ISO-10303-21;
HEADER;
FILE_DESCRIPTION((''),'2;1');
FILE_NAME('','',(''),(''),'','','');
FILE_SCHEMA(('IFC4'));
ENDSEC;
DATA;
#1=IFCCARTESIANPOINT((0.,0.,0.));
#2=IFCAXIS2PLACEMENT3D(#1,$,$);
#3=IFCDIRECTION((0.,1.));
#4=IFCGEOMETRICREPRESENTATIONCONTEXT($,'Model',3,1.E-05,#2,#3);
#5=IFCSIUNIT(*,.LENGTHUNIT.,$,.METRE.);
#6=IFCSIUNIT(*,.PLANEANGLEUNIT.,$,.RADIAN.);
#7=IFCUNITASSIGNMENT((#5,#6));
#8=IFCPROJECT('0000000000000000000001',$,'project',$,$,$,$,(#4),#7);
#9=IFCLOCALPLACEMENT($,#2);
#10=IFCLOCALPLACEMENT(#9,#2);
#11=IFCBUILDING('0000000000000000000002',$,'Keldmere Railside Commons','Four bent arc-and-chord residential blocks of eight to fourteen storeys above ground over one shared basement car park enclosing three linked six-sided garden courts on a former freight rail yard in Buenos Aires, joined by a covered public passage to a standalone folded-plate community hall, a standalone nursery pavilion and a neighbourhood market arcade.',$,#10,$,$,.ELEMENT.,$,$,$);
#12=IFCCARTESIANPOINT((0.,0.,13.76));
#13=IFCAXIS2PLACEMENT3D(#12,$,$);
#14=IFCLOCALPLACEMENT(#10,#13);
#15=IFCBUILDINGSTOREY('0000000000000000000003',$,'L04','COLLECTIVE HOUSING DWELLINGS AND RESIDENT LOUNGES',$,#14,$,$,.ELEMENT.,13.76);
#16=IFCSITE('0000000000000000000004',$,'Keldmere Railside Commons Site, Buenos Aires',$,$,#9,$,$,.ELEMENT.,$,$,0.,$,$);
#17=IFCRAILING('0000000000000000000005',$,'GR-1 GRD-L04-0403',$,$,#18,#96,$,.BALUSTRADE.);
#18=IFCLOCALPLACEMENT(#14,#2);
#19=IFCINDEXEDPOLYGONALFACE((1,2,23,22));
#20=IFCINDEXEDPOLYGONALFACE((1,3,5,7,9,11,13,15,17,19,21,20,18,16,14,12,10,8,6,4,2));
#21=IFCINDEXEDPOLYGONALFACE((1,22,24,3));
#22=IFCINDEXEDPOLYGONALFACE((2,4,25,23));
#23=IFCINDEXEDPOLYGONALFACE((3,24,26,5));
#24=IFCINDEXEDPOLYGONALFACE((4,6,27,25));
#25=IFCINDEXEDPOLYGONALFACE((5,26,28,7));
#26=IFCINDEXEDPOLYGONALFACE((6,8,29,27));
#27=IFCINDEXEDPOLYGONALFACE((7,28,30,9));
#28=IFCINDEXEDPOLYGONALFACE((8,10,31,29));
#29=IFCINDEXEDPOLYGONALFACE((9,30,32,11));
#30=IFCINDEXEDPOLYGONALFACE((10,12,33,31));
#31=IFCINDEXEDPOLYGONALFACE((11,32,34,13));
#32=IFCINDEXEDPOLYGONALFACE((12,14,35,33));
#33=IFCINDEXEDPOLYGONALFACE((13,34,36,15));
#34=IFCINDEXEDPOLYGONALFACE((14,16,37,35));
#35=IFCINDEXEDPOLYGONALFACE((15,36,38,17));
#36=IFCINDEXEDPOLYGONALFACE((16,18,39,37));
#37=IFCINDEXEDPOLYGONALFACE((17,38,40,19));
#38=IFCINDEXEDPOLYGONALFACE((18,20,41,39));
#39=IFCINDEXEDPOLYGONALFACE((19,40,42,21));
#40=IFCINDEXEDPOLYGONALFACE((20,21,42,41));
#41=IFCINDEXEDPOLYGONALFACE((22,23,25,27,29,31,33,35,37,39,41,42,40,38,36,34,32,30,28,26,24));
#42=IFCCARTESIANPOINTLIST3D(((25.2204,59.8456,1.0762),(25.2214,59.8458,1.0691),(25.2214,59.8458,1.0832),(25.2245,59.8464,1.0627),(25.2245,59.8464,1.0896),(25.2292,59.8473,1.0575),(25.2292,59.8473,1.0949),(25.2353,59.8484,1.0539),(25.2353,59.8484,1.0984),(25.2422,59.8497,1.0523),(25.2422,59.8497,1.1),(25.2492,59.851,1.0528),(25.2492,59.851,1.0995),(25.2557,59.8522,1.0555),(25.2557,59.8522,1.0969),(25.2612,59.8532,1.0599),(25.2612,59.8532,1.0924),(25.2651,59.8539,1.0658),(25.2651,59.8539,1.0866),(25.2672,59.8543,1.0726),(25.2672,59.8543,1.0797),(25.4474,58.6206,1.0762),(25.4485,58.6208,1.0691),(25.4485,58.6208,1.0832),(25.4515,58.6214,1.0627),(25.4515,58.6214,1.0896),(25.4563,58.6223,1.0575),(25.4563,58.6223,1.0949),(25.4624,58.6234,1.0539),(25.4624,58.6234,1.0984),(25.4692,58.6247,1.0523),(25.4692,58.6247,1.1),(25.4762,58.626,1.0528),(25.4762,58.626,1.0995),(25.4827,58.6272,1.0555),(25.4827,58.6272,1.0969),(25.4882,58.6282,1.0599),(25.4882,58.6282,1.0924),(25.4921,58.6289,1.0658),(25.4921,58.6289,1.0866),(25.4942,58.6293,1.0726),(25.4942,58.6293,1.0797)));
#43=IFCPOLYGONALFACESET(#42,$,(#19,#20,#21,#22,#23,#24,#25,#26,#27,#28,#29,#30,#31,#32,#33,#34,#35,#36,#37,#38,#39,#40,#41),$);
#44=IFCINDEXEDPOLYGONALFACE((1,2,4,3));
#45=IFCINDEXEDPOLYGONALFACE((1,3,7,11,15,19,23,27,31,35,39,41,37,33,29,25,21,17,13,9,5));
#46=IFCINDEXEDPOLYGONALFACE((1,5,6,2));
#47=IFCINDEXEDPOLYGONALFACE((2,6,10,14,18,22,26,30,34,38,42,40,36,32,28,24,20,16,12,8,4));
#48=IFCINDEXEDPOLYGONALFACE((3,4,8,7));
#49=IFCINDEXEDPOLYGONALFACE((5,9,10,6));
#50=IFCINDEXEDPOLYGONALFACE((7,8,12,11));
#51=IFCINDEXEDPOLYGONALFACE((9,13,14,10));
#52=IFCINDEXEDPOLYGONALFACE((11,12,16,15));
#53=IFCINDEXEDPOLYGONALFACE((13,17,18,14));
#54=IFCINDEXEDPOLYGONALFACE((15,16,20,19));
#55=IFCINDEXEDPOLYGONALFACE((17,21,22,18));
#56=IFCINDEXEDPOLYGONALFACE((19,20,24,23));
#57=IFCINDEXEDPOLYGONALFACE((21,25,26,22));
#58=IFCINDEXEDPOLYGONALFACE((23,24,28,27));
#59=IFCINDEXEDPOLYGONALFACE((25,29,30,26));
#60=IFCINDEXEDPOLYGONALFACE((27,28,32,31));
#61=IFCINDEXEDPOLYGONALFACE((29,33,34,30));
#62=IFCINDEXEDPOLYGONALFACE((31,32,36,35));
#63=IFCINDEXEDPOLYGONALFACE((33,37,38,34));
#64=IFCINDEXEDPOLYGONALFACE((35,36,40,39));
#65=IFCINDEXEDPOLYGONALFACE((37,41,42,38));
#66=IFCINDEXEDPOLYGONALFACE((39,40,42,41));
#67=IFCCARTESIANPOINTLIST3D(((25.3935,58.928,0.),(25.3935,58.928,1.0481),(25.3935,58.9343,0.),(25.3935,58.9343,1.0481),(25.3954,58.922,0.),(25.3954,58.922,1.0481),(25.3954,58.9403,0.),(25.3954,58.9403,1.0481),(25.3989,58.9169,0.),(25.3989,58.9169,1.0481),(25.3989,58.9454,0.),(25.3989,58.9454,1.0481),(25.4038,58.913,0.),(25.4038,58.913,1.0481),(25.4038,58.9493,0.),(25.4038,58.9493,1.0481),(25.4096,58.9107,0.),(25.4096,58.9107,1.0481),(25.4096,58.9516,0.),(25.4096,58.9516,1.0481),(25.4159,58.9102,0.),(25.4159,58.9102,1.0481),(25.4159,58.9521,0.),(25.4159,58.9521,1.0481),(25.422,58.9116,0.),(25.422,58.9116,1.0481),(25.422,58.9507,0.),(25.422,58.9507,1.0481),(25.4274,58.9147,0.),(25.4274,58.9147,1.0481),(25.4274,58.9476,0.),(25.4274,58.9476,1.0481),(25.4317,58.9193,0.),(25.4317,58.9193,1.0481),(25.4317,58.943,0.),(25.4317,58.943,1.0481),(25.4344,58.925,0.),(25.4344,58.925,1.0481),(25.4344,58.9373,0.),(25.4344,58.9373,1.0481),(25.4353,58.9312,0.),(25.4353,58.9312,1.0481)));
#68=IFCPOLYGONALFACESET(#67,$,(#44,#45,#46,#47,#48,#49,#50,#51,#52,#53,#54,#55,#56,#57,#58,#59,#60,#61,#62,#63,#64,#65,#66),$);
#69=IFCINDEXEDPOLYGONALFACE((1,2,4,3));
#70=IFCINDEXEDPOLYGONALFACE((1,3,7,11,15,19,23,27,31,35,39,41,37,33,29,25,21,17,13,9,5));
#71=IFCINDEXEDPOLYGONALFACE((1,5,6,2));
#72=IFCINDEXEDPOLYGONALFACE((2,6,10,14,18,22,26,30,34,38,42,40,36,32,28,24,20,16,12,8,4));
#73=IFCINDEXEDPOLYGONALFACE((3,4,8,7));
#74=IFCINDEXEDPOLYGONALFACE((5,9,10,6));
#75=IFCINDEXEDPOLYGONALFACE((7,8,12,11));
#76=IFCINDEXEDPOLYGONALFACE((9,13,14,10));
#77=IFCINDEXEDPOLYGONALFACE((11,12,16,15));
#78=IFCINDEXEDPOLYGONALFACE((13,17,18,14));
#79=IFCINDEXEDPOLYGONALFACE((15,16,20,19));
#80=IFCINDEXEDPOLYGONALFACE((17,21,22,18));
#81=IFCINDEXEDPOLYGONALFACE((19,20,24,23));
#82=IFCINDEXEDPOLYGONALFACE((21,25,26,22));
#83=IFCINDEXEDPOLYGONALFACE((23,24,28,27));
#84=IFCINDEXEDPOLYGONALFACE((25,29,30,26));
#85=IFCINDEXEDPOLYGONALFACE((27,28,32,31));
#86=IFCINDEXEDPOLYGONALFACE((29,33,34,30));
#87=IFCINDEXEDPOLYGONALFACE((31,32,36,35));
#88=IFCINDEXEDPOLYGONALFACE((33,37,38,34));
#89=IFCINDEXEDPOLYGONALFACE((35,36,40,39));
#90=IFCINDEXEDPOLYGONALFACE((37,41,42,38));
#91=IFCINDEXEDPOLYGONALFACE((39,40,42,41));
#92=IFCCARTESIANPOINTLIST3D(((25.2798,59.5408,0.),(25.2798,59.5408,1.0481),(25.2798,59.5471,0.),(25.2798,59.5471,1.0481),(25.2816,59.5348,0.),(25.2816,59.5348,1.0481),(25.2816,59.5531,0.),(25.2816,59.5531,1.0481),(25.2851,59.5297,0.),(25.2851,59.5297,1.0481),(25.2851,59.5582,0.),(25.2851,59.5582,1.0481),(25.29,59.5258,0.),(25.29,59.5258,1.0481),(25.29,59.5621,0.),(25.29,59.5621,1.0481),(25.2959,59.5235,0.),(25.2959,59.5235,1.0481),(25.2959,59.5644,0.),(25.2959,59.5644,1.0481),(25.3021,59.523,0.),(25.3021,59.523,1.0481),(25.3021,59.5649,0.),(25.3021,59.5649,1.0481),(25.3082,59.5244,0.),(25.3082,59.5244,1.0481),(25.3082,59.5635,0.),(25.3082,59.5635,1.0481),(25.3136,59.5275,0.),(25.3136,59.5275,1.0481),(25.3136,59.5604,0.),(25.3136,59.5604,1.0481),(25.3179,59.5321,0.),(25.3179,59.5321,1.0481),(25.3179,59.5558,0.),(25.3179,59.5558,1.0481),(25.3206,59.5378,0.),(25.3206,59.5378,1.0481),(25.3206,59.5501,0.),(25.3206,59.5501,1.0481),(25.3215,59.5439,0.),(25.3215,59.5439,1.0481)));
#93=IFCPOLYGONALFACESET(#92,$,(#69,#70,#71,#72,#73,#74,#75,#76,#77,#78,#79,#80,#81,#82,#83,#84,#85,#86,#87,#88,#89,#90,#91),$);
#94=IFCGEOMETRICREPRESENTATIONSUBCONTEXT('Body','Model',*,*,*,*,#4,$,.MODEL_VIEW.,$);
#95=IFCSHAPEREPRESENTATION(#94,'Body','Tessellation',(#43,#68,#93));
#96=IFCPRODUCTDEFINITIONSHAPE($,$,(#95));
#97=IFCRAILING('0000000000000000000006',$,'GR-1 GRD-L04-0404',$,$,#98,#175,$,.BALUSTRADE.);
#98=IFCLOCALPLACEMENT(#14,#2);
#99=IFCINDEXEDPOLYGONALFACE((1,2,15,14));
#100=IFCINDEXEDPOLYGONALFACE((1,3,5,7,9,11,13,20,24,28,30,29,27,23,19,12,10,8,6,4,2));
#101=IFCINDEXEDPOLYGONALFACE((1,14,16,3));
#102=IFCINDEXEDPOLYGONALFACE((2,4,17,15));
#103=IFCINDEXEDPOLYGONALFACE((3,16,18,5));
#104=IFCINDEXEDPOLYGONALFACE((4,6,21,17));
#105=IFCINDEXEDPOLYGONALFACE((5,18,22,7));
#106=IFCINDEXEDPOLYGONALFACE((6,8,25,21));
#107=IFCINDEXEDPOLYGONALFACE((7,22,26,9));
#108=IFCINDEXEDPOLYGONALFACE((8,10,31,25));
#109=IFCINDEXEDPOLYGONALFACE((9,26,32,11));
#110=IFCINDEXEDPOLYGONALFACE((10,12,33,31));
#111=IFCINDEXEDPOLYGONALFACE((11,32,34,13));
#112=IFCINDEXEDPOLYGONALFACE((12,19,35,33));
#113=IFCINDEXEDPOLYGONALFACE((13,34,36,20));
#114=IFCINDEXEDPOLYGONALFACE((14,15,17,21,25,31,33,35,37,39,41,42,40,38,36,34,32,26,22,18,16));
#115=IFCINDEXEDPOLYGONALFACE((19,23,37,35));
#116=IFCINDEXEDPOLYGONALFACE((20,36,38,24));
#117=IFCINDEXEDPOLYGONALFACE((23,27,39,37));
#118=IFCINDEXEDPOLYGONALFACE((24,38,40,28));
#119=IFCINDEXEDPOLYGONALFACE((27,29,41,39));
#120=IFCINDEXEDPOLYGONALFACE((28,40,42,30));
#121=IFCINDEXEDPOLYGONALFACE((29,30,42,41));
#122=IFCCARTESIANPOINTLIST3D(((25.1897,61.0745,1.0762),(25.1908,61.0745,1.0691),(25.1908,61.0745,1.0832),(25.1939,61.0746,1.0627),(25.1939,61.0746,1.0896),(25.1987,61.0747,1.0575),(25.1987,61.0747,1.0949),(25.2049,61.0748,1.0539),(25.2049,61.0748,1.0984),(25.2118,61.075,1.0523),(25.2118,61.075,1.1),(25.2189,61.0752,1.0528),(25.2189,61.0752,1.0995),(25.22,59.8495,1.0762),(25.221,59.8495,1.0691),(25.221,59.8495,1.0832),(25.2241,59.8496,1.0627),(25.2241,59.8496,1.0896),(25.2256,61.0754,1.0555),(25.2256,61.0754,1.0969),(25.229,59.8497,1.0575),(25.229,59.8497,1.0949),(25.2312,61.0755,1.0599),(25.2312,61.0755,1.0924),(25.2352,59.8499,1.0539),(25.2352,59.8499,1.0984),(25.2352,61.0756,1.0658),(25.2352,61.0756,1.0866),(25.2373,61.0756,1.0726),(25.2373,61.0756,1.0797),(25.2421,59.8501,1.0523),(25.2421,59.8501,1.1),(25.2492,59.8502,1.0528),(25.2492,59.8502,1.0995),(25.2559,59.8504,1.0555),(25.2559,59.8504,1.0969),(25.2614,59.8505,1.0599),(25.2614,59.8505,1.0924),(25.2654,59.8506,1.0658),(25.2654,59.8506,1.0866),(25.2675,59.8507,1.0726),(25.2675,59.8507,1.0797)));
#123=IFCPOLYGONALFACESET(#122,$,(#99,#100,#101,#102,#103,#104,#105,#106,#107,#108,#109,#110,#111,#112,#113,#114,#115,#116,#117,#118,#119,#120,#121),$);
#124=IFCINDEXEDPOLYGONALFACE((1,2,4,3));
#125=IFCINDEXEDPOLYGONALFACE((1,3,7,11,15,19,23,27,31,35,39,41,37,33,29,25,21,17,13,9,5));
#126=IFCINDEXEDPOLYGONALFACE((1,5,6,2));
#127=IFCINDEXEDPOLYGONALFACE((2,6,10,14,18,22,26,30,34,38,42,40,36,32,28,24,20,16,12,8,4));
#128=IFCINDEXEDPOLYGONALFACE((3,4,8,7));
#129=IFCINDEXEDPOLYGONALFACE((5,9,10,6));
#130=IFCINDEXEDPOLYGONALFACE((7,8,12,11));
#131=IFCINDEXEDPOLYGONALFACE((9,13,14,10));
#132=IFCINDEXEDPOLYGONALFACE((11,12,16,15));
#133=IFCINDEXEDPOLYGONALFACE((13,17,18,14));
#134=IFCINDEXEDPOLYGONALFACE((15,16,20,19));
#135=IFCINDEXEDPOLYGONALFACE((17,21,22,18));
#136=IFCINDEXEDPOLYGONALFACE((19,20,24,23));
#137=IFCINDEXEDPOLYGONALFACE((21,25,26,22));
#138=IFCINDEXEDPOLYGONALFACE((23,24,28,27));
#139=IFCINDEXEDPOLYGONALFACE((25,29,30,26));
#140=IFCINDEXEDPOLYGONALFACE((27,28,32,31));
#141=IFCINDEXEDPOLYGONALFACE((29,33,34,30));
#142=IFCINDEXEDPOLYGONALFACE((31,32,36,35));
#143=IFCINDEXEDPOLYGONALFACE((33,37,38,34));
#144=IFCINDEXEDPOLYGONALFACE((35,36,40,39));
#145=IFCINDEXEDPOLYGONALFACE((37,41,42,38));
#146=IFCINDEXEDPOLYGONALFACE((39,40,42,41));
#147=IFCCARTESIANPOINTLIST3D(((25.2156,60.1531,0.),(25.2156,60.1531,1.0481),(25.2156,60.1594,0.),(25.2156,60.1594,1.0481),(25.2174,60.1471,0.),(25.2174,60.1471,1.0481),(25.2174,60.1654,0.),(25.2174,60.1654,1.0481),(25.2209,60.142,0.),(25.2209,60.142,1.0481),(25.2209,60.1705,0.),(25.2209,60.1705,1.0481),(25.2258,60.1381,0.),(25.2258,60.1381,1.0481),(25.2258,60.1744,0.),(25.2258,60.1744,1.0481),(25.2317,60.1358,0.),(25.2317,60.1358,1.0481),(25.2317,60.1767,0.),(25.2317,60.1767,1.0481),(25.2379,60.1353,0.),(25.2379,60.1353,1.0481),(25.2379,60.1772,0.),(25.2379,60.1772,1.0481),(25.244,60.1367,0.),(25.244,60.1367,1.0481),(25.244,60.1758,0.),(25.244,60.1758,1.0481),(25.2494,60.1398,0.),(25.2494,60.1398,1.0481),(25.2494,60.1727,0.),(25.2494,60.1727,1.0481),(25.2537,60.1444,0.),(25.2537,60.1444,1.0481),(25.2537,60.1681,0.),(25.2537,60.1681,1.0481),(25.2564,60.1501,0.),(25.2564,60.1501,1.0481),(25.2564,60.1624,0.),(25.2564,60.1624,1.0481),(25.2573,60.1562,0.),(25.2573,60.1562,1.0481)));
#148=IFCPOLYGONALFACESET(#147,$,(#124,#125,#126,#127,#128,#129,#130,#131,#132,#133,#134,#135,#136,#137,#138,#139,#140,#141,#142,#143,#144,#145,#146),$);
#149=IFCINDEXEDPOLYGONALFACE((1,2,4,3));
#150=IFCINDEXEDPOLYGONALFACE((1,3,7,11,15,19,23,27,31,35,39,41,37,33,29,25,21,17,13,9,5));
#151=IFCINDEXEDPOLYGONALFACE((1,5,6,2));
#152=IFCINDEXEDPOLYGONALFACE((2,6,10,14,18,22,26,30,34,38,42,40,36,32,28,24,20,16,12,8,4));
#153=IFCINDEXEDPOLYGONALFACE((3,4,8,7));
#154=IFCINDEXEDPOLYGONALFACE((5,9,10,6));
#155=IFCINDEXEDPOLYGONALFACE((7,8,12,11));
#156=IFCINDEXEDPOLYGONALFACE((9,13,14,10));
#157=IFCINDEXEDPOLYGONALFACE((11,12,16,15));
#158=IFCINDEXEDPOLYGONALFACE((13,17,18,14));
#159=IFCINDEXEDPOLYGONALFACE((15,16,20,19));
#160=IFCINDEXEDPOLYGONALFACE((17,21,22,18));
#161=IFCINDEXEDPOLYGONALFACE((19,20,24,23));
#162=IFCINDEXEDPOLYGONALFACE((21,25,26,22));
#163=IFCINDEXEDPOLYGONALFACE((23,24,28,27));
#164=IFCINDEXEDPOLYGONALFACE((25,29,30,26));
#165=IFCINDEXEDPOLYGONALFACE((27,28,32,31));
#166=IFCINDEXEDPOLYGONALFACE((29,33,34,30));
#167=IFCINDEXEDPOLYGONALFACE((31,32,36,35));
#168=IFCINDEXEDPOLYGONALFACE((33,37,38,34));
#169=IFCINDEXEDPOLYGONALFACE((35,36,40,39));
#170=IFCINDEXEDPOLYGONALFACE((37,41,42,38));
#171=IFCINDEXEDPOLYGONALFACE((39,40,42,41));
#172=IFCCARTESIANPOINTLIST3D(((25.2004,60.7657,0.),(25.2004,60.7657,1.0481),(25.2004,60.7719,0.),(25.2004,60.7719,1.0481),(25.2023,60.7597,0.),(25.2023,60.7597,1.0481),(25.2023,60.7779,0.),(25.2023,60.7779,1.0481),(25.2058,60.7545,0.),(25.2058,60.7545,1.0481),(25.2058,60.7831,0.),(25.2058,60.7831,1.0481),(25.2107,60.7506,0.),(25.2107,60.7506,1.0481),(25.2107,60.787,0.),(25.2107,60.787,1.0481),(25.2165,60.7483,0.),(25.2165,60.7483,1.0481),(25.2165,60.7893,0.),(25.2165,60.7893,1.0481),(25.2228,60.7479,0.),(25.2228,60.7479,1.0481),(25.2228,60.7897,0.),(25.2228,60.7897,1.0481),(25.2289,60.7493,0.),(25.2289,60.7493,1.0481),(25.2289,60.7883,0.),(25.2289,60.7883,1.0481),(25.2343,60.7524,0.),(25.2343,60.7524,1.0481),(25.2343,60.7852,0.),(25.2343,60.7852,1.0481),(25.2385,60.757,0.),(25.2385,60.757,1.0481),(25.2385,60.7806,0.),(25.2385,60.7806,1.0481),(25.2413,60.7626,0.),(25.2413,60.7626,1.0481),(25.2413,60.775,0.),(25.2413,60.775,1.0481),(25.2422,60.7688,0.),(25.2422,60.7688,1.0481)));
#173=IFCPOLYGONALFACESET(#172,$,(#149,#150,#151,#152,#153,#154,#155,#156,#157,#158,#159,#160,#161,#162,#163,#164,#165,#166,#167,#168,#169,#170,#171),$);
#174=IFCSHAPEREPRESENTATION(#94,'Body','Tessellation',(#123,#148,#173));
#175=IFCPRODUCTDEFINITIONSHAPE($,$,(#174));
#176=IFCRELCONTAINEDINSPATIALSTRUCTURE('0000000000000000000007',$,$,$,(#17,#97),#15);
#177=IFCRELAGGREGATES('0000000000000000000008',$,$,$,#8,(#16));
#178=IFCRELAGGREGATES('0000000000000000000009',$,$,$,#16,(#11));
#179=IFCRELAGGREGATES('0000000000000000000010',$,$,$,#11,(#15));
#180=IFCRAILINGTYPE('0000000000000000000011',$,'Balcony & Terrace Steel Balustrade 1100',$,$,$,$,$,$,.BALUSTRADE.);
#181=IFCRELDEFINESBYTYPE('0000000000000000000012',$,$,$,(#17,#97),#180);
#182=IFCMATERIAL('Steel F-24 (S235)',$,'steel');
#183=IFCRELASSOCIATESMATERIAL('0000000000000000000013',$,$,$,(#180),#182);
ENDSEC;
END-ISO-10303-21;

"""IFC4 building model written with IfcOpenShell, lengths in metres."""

from ifc_helpers import new_model, si_unit, direction, frame, origin, origin_2d, place, context, subcontext, project, spatial, circle, extrude, material, type_object, element, save


model = new_model("IFC4")

# Units and contexts
model_context = context("Model", 3, precision=1e-05, world=origin(), true_north=direction((0.0, 1.0)))
body_context = subcontext(model_context, "Body", "Model", "MODEL_VIEW")
ifc_project = project(units=[si_unit("LENGTHUNIT", "METRE"), si_unit("PLANEANGLEUNIT", "RADIAN")], contexts=[model_context])

# Site, building, storey
site_placement = place(None, origin())
site = spatial("IfcSite", under=ifc_project, at=site_placement, Name="Keldmere Railside Commons Site, Buenos Aires", CompositionType="ELEMENT", RefElevation=0.0)
building_placement = place(site_placement, origin())
building = spatial("IfcBuilding", under=site, at=building_placement, Name="Keldmere Railside Commons", Description="Four bent arc-and-chord residential blocks of eight to fourteen storeys above ground over one shared basement car park enclosing three linked six-sided garden courts on a former freight rail yard in Buenos Aires, joined by a covered public passage to a standalone folded-plate community hall, a standalone nursery pavilion and a neighbourhood market arcade.", CompositionType="ELEMENT")
storey_placement = place(building_placement, frame((0.0, 0.0, 13.76)))
storey = spatial("IfcBuildingStorey", under=building, at=storey_placement, Name="L04", Description="COLLECTIVE HOUSING DWELLINGS AND RESIDENT LOUNGES", CompositionType="ELEMENT", Elevation=13.76)

# Railings
ifc_material_1 = material(Name="Steel F-24 (S235)", Category="steel")
railing_type_1 = type_object("IfcRailingType", Name="Balcony & Terrace Steel Balustrade 1100", PredefinedType="BALUSTRADE", material=ifc_material_1)
railing_1_placement = place(storey_placement, frame((25.4709, 58.625, 0.0)))
element("IfcRailing", 1, at=railing_1_placement, inside=storey, type_object=railing_type_1, Name="GR-1 GRD-L04-0403", PredefinedType="BALUSTRADE", context=body_context, shape_type="SweptSolid", body=[
    extrude(circle(Radius=0.0239, at=origin_2d()), frame((0.0, 0.0, 1.0762), z_axis=(-0.18223, 0.983256, 0.0), x_axis=(-0.983256, -0.18223, 0.0)), (0.0, 0.0, 1.0), 1.2458),
    extrude(circle(Radius=0.021, at=origin_2d()), frame((-0.0566, 0.3062, 0.0)), (0.0, 0.0, 1.0), 1.0481),
    extrude(circle(Radius=0.021, at=origin_2d()), frame((-0.1704, 0.9189, 0.0)), (0.0, 0.0, 1.0), 1.0481),
])
railing_2_placement = place(storey_placement, frame((25.2439, 59.8501, 0.0)))
element("IfcRailing", 2, at=railing_2_placement, inside=storey, type_object=railing_type_1, Name="GR-1 GRD-L04-0404", PredefinedType="BALUSTRADE", context=body_context, shape_type="SweptSolid", body=[
    extrude(circle(Radius=0.0239, at=origin_2d()), frame((0.0, 0.0, 1.0762), z_axis=(-0.024708, 0.999695, 0.0), x_axis=(-0.999695, -0.024708, 0.0)), (0.0, 0.0, 1.0), 1.2253),
    extrude(circle(Radius=0.021, at=origin_2d()), frame((-0.0076, 0.3062, 0.0)), (0.0, 0.0, 1.0), 1.0481),
    extrude(circle(Radius=0.021, at=origin_2d()), frame((-0.0227, 0.9187, 0.0)), (0.0, 0.0, 1.0), 1.0481),
])

save(model, "model.ifc")
